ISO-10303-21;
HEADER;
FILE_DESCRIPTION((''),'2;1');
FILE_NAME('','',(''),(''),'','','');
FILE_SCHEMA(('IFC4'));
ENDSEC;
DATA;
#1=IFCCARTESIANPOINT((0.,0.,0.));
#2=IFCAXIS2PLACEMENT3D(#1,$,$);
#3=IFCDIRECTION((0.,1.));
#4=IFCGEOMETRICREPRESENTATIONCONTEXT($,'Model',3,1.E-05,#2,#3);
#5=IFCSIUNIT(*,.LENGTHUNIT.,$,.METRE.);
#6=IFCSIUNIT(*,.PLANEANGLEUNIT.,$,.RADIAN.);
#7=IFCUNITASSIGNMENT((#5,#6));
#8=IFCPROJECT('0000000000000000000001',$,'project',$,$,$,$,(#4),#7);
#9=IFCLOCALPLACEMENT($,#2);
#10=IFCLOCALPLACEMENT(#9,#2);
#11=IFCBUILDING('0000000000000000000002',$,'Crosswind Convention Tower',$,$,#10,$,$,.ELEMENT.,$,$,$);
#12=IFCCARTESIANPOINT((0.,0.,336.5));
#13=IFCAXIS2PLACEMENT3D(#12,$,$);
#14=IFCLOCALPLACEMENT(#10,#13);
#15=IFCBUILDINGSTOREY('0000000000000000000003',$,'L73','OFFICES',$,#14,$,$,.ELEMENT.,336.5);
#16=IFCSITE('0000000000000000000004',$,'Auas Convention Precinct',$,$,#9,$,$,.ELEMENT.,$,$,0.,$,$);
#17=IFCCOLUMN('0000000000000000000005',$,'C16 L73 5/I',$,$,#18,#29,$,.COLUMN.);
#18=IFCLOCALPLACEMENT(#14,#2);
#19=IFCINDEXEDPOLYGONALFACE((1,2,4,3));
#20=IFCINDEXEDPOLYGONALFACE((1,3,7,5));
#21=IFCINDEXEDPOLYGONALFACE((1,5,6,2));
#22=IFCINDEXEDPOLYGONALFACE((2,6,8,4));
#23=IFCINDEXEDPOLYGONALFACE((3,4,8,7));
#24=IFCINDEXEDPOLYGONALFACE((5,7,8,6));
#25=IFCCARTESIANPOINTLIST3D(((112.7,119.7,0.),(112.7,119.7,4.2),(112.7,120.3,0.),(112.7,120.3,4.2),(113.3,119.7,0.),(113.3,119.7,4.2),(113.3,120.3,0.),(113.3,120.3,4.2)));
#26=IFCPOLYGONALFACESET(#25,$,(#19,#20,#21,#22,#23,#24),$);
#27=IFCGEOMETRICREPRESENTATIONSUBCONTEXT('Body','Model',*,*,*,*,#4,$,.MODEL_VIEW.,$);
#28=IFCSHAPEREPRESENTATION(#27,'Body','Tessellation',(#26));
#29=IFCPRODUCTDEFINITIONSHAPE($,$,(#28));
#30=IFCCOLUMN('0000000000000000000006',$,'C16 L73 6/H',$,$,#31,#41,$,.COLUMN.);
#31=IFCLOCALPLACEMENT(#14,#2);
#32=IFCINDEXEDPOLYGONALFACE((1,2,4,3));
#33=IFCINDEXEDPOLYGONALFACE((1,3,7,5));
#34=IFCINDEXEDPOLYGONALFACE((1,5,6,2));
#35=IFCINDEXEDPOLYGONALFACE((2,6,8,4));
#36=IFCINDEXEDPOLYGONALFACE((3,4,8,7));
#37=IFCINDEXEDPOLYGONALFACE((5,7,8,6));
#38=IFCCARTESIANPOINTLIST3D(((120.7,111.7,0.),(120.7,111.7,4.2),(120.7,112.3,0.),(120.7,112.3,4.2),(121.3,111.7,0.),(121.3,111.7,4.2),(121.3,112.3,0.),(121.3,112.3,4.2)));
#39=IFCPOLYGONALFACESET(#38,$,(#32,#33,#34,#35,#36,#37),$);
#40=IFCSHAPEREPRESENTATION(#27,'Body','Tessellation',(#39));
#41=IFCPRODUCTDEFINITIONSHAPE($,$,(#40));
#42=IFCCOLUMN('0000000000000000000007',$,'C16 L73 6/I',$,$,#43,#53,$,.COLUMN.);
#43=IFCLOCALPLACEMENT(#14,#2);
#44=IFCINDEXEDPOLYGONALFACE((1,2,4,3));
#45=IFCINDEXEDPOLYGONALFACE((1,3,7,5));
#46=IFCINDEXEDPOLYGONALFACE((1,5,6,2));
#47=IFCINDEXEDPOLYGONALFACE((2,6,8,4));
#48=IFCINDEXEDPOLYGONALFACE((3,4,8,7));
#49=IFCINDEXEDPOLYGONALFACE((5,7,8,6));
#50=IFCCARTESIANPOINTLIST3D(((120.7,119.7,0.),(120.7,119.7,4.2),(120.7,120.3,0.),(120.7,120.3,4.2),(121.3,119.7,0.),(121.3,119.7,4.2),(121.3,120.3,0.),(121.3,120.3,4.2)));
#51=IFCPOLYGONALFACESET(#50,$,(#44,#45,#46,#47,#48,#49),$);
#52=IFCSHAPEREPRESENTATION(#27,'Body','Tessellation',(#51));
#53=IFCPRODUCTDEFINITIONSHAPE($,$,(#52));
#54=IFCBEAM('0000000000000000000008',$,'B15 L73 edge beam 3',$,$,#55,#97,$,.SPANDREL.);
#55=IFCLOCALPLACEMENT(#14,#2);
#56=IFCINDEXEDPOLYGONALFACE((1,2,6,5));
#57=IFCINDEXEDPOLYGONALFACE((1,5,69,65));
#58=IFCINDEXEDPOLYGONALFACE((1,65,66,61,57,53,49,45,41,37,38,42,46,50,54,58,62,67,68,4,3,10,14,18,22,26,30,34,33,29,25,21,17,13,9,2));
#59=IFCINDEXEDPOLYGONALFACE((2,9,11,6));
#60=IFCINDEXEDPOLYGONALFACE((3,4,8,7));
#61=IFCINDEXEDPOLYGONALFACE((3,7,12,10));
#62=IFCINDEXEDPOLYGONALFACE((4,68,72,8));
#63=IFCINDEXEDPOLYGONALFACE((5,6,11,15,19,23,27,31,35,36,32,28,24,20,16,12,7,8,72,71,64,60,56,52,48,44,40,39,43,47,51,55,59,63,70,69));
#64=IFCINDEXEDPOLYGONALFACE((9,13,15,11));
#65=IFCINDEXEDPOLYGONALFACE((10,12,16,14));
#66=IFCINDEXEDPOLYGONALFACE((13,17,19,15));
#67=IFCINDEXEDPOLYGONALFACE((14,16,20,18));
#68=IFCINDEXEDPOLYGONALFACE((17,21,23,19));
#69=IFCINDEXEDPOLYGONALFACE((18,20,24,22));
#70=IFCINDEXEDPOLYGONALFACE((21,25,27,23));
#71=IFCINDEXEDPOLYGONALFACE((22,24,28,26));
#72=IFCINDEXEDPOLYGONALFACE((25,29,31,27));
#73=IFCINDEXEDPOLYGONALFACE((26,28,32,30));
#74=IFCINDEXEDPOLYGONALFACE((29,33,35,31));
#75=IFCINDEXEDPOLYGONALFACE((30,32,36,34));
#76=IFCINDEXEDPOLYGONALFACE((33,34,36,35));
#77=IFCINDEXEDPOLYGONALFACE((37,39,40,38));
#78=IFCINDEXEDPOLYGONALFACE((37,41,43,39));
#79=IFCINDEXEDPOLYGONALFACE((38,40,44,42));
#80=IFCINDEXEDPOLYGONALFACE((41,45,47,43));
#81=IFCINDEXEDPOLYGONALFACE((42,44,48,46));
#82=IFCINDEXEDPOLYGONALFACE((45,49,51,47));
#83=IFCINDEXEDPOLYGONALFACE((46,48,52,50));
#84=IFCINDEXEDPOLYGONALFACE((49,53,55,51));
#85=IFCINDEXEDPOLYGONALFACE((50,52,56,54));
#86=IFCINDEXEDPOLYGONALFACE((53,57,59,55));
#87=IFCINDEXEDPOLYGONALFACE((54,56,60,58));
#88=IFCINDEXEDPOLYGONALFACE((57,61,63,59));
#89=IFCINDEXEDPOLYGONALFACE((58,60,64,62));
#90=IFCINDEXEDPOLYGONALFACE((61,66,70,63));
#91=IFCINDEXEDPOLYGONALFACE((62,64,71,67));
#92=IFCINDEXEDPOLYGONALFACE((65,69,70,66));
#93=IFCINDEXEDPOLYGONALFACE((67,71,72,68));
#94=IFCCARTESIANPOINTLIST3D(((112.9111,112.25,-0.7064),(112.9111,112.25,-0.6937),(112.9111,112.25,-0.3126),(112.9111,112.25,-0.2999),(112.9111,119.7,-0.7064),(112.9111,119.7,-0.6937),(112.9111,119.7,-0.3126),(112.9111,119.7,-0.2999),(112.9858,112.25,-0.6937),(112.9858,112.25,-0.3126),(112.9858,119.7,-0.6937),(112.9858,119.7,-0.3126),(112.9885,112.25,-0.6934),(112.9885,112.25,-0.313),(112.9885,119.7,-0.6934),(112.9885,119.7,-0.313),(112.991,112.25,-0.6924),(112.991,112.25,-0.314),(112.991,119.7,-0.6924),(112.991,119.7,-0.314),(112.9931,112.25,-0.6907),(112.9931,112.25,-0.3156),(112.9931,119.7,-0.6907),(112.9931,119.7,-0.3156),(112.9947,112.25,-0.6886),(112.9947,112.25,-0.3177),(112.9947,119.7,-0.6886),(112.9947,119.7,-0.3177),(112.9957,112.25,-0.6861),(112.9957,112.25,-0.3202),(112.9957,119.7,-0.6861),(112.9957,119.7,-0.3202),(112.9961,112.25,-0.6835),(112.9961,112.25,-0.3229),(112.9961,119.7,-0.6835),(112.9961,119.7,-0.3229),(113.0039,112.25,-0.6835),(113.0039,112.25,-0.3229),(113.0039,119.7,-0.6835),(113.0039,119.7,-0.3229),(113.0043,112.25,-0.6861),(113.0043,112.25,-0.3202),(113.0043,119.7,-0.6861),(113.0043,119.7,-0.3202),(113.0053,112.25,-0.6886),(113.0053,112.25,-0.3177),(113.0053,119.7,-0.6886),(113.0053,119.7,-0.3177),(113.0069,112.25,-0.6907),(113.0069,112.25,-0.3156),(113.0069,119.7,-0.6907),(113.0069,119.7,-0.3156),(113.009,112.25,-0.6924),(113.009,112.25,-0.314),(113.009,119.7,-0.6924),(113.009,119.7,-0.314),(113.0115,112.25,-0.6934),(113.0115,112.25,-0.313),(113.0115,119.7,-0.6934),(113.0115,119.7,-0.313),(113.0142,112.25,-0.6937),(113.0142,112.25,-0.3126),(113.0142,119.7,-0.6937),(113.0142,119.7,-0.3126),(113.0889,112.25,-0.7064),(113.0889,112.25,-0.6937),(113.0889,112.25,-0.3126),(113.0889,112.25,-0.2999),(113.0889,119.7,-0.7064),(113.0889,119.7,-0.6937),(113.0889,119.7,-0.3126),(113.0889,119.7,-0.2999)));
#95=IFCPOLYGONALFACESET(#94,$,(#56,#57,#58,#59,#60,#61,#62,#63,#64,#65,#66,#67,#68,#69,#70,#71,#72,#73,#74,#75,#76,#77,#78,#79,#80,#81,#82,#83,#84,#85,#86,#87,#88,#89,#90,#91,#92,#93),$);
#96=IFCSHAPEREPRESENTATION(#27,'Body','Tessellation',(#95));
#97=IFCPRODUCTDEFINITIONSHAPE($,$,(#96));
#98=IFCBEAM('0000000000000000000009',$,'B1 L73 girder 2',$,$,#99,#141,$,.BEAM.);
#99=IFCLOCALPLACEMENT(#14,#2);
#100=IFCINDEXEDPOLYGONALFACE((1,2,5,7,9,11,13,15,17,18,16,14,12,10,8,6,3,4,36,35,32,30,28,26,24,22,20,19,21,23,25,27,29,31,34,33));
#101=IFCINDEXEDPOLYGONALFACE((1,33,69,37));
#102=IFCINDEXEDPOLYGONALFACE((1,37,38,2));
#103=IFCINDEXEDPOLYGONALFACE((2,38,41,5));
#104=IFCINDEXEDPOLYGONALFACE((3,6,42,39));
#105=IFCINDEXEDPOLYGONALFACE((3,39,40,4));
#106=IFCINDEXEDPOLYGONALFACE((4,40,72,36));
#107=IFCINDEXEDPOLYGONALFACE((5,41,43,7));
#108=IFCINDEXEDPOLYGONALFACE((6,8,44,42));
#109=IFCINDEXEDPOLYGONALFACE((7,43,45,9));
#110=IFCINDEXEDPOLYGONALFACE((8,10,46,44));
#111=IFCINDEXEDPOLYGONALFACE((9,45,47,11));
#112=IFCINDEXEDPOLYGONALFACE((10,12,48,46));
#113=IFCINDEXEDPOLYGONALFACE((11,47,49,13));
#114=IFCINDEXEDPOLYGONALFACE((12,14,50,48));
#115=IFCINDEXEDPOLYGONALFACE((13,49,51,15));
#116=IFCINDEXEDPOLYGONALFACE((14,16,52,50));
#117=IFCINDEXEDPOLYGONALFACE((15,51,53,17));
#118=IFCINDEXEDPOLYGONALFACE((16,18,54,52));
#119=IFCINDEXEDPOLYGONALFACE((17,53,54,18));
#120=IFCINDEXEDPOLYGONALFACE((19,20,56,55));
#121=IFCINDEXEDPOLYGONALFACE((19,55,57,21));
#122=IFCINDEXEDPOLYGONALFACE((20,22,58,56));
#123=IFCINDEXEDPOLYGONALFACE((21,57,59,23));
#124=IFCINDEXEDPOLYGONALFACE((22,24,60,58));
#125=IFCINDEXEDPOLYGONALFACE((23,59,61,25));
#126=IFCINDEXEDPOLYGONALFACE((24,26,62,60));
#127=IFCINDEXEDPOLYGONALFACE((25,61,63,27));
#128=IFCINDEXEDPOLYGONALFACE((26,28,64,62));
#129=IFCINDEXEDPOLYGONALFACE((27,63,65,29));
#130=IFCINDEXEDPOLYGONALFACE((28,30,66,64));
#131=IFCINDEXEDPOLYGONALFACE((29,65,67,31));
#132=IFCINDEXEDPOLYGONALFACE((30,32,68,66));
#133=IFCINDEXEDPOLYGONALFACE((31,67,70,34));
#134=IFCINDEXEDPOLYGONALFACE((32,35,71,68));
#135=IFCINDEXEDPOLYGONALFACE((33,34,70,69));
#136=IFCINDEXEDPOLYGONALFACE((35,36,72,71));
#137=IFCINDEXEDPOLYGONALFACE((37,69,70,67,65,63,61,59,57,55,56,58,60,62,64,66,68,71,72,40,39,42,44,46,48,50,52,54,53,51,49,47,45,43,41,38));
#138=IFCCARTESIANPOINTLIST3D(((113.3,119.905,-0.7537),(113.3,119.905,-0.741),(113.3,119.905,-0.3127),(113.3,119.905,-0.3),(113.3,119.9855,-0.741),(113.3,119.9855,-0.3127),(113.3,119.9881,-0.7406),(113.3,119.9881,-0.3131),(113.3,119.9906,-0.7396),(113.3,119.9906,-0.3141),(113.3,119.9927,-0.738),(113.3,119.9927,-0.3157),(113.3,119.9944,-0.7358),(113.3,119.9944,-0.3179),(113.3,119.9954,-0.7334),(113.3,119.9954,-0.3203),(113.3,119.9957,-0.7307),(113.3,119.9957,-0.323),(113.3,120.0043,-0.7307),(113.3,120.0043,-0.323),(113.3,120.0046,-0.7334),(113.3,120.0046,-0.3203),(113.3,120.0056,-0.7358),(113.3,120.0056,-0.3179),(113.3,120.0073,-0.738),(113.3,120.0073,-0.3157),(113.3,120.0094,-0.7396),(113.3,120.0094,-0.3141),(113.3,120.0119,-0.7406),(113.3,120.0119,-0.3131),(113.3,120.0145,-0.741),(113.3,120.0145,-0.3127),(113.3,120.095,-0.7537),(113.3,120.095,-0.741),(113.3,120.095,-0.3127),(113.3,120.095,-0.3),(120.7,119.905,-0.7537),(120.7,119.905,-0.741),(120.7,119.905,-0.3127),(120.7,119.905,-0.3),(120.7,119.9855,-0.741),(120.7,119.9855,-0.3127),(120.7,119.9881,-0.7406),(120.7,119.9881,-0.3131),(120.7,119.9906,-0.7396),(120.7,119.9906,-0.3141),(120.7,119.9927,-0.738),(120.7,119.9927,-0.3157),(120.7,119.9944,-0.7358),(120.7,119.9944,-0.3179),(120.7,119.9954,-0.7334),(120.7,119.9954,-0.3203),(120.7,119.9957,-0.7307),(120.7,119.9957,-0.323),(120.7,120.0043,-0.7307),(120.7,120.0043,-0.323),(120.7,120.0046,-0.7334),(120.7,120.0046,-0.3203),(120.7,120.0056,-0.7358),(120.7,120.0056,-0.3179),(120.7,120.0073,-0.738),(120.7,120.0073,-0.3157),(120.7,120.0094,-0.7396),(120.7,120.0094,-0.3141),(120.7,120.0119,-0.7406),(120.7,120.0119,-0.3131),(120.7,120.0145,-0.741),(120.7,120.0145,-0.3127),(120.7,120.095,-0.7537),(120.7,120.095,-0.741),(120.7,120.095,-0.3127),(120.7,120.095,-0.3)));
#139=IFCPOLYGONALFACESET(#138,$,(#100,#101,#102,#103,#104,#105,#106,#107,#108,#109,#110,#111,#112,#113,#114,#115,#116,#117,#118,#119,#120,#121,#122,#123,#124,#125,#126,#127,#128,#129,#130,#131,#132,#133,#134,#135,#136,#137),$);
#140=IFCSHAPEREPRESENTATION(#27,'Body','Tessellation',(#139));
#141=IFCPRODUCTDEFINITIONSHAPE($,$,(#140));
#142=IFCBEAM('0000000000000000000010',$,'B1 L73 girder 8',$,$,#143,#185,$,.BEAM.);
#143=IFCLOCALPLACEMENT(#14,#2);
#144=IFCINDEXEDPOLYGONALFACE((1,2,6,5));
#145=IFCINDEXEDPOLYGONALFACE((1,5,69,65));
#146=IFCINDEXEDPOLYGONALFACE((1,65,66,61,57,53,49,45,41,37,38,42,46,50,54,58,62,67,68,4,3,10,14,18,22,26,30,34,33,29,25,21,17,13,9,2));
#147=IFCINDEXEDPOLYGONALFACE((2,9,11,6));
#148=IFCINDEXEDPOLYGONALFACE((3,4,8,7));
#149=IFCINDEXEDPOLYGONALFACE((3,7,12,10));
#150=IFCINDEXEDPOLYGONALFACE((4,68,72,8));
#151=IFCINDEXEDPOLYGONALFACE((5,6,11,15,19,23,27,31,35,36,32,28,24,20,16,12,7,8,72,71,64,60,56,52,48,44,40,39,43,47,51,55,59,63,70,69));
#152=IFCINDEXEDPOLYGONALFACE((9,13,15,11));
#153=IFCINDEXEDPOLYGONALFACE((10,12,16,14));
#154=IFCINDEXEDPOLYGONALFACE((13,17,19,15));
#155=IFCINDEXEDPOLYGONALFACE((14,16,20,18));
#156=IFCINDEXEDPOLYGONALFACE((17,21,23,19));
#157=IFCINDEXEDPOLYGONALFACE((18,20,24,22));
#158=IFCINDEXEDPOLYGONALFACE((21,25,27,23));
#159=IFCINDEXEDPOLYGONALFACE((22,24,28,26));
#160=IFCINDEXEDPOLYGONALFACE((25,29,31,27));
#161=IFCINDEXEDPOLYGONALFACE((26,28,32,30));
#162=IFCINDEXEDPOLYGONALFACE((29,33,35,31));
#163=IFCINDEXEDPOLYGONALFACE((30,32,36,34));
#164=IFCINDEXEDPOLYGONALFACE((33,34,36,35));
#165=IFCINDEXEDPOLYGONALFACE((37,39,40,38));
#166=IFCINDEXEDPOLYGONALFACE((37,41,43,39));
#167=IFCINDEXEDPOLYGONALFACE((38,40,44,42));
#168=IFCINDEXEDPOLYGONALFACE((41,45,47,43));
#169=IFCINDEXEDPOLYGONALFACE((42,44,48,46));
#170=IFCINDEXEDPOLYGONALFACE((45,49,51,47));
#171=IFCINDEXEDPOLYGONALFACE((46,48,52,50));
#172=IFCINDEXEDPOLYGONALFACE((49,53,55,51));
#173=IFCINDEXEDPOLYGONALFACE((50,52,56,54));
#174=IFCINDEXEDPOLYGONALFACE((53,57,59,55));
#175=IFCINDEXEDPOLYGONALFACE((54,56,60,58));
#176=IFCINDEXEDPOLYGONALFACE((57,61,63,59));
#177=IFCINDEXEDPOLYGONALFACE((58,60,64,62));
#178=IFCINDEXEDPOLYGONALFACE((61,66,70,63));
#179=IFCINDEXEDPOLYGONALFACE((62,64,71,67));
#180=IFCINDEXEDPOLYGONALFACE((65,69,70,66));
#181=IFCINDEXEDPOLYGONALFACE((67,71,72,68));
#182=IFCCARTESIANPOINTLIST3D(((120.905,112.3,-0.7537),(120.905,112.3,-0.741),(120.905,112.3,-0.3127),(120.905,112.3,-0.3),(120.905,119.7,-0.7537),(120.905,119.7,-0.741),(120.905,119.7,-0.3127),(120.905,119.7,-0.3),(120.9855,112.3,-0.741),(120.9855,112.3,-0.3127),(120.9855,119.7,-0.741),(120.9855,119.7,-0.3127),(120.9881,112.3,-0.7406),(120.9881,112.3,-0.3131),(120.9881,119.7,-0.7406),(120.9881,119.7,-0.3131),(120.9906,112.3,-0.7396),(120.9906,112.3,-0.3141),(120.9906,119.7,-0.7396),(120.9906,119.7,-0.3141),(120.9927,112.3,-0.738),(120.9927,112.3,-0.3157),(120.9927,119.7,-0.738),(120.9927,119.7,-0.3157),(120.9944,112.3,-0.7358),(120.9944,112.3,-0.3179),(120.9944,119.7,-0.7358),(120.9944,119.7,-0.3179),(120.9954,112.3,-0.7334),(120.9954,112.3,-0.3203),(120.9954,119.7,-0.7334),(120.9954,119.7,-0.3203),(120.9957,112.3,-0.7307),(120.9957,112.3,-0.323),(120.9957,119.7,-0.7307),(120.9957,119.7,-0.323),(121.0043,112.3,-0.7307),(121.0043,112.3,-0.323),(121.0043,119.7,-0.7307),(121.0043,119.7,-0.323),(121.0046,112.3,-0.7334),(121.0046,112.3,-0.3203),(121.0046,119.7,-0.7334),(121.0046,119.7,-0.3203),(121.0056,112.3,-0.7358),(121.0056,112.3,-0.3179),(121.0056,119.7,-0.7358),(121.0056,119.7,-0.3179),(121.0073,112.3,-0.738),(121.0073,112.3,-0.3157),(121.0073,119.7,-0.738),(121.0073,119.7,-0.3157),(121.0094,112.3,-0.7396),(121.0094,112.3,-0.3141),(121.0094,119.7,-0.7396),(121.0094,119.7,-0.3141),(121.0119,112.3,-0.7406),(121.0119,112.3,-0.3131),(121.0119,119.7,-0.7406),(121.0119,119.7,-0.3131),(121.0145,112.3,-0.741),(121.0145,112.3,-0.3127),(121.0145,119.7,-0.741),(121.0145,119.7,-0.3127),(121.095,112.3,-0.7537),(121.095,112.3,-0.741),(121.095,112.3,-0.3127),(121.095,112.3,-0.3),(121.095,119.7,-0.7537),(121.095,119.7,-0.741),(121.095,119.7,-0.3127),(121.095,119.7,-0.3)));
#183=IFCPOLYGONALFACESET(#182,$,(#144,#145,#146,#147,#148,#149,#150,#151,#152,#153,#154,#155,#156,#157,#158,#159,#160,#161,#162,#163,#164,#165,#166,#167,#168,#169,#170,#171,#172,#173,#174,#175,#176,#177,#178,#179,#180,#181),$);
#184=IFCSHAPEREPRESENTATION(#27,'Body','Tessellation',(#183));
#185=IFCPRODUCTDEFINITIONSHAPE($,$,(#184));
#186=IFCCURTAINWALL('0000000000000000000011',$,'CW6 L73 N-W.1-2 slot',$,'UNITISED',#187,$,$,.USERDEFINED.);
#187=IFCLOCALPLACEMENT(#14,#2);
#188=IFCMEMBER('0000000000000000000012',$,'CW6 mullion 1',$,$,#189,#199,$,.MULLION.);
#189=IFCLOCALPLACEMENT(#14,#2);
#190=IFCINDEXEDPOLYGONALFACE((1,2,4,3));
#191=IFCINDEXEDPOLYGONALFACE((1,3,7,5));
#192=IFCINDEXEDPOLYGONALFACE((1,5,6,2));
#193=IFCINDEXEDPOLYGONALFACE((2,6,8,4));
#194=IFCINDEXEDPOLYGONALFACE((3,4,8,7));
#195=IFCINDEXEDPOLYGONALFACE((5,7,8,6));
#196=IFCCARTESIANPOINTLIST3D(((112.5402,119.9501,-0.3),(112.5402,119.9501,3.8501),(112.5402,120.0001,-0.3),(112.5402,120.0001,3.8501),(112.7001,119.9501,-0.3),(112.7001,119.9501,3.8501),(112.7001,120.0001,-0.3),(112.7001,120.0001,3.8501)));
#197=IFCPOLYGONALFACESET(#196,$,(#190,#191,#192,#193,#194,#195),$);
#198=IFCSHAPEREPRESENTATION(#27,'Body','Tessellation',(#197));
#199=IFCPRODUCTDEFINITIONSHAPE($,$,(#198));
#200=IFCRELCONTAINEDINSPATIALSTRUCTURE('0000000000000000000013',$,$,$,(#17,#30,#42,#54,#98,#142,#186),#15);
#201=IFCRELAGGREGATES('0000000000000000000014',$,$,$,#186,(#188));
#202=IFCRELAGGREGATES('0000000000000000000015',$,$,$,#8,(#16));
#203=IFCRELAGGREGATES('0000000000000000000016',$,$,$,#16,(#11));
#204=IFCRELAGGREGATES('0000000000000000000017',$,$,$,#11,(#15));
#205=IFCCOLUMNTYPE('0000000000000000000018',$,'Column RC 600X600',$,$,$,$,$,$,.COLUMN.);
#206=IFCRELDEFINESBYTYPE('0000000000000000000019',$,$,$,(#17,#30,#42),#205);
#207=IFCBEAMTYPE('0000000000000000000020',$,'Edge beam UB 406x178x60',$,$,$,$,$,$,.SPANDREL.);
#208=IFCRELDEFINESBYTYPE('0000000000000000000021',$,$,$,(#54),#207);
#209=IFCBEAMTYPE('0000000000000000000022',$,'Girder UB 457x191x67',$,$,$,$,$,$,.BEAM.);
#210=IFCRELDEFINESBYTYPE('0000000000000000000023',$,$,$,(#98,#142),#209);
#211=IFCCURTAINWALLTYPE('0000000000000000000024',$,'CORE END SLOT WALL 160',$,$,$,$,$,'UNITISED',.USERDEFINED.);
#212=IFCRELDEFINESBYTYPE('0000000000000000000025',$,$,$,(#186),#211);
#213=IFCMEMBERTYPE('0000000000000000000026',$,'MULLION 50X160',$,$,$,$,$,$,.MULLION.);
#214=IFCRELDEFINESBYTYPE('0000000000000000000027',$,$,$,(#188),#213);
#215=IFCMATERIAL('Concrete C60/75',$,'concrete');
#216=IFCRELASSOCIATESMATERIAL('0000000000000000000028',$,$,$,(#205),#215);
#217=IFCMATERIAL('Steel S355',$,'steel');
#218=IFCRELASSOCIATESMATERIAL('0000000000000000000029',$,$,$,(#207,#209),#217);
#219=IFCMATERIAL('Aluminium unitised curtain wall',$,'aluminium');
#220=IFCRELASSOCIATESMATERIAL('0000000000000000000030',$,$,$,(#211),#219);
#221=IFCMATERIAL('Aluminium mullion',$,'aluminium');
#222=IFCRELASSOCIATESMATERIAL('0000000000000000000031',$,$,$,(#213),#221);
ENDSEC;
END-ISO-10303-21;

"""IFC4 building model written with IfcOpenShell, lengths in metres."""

from ifc_helpers import new_model, si_unit, direction, frame, origin, origin_2d, place, context, subcontext, project, spatial, rectangle, i_section, extrude, material, material_profile, profile_set, type_object, element, aggregate, save


model = new_model("IFC4")

# Units and contexts
model_context = context("Model", 3, precision=1e-05, world=origin(), true_north=direction((0.0, 1.0)))
body_context = subcontext(model_context, "Body", "Model", "MODEL_VIEW")
ifc_project = project(units=[si_unit("LENGTHUNIT", "METRE"), si_unit("PLANEANGLEUNIT", "RADIAN")], contexts=[model_context])

# Site, building, storey
site_placement = place(None, origin())
site = spatial("IfcSite", under=ifc_project, at=site_placement, Name="Auas Convention Precinct", CompositionType="ELEMENT", RefElevation=0.0)
building_placement = place(site_placement, origin())
building = spatial("IfcBuilding", under=site, at=building_placement, Name="Crosswind Convention Tower", CompositionType="ELEMENT")
storey_placement = place(building_placement, frame((0.0, 0.0, 336.5)))
storey = spatial("IfcBuildingStorey", under=building, at=storey_placement, Name="L73", Description="OFFICES", CompositionType="ELEMENT", Elevation=336.5)

# Columns
ifc_material_1 = material(Name="Concrete C60/75", Category="concrete")
ifc_material_profile_1 = material_profile(ifc_material_1, rectangle(XDim=0.6001, YDim=0.6001, at=origin_2d()), Name="RC 600X600")
ifc_profile_set_1 = profile_set([ifc_material_profile_1], Name="Concrete C60/75")
column_type = type_object("IfcColumnType", Name="Column RC 600X600", PredefinedType="COLUMN", material=ifc_profile_set_1)
for number, where, z_axis, x_axis, name in (
    (1, (113.0, 120.0, 0.0), (0.0, 0.0, 1.0), (1.0, 0.0, 0.0), "C16 L73 5/I"),
    (2, (121.0, 112.0, 0.0), (0.0, 0.0, 1.0), (1.0, 0.0, 0.0), "C16 L73 6/H"),
    (3, (121.0, 120.0, 0.0), (0.0, 0.0, 1.0), (1.0, 0.0, 0.0), "C16 L73 6/I"),
):
    element("IfcColumn", number, at=place(storey_placement, frame(where, z_axis=z_axis, x_axis=x_axis)), inside=storey, type_object=column_type, Name=name, PredefinedType="COLUMN", context=body_context, shape_type="SweptSolid", body=[
        extrude(rectangle(XDim=0.6001, YDim=0.6001, at=origin_2d()), origin(), (0.0, 0.0, 1.0), 4.2),
    ])

# Beams
ifc_material_2 = material(Name="Steel S355", Category="steel")
ifc_material_profile_2 = material_profile(ifc_material_2, i_section(OverallWidth=0.1777, OverallDepth=0.4065, WebThickness=0.0078, FlangeThickness=0.0127, FilletRadius=0.0103, at=origin_2d()), Name="UB 406x178x60")
ifc_profile_set_2 = profile_set([ifc_material_profile_2], Name="Steel S355")
beam_type_1 = type_object("IfcBeamType", Name="Edge beam UB 406x178x60", PredefinedType="SPANDREL", material=ifc_profile_set_2)
beam_1_placement = place(storey_placement, frame((113.0, 112.25, -0.5032), z_axis=(0.0, 1.0, 0.0), x_axis=(-1.0, 0.0, 0.0)))
element("IfcBeam", 4, at=beam_1_placement, inside=storey, type_object=beam_type_1, Name="B15 L73 edge beam 3", PredefinedType="SPANDREL", context=body_context, shape_type="SweptSolid", body=[
    extrude(i_section(OverallWidth=0.1777, OverallDepth=0.4065, WebThickness=0.0078, FlangeThickness=0.0127, FilletRadius=0.0103, at=origin_2d()), origin(), (0.0, 0.0, 1.0), 7.45),
])
ifc_material_profile_3 = material_profile(ifc_material_2, i_section(OverallWidth=0.1899, OverallDepth=0.4536, WebThickness=0.0085, FlangeThickness=0.0127, FilletRadius=0.0103, at=origin_2d()), Name="UB 457x191x67")
ifc_profile_set_3 = profile_set([ifc_material_profile_3], Name="Steel S355")
beam_type_2 = type_object("IfcBeamType", Name="Girder UB 457x191x67", PredefinedType="BEAM", material=ifc_profile_set_3)
for number, where, z_axis, x_axis, name in (
    (5, (113.3, 120.0, -0.5269), (1.0, 0.0, 0.0), (0.0, 1.0, 0.0), "B1 L73 girder 2"),
    (6, (121.0, 112.3, -0.5269), (0.0, 1.0, 0.0), (-1.0, 0.0, 0.0), "B1 L73 girder 8"),
):
    element("IfcBeam", number, at=place(storey_placement, frame(where, z_axis=z_axis, x_axis=x_axis)), inside=storey, type_object=beam_type_2, Name=name, PredefinedType="BEAM", context=body_context, shape_type="SweptSolid", body=[
        extrude(i_section(OverallWidth=0.1899, OverallDepth=0.4536, WebThickness=0.0085, FlangeThickness=0.0127, FilletRadius=0.0103, at=origin_2d()), origin(), (0.0, 0.0, 1.0), 7.3999),
    ])

# Curtain wall, member
ifc_material_3 = material(Name="Aluminium unitised curtain wall", Category="aluminium")
curtain_wall_type_1 = type_object("IfcCurtainWallType", Name="CORE END SLOT WALL 160", ElementType="UNITISED", PredefinedType="USERDEFINED", material=ifc_material_3)
curtain_wall_1_placement = place(storey_placement, origin())
curtain_wall_1 = element("IfcCurtainWall", 7, at=curtain_wall_1_placement, inside=storey, type_object=curtain_wall_type_1, Name="CW6 L73 N-W.1-2 slot", ObjectType="UNITISED", PredefinedType="USERDEFINED")
ifc_material_4 = material(Name="Aluminium mullion", Category="aluminium")
ifc_material_profile_4 = material_profile(ifc_material_4, rectangle(XDim=0.1599, YDim=0.05, at=origin_2d()), Name="AL 160X50")
ifc_profile_set_4 = profile_set([ifc_material_profile_4], Name="Aluminium mullion")
member_type_1 = type_object("IfcMemberType", Name="MULLION 50X160", PredefinedType="MULLION", material=ifc_profile_set_4)
member_1_placement = place(storey_placement, frame((112.6201, 119.9751, -0.3), z_axis=(0.0, 0.0, 1.0), x_axis=(-1.0, 0.0, 0.0)))
member_1 = element("IfcMember", 8, at=member_1_placement, type_object=member_type_1, Name="CW6 mullion 1", PredefinedType="MULLION", context=body_context, shape_type="SweptSolid", body=[
    extrude(rectangle(XDim=0.1599, YDim=0.05, at=origin_2d()), origin(), (0.0, 0.0, 1.0), 4.1501),
])

aggregate(curtain_wall_1, [member_1])

save(model, "model.ifc")
